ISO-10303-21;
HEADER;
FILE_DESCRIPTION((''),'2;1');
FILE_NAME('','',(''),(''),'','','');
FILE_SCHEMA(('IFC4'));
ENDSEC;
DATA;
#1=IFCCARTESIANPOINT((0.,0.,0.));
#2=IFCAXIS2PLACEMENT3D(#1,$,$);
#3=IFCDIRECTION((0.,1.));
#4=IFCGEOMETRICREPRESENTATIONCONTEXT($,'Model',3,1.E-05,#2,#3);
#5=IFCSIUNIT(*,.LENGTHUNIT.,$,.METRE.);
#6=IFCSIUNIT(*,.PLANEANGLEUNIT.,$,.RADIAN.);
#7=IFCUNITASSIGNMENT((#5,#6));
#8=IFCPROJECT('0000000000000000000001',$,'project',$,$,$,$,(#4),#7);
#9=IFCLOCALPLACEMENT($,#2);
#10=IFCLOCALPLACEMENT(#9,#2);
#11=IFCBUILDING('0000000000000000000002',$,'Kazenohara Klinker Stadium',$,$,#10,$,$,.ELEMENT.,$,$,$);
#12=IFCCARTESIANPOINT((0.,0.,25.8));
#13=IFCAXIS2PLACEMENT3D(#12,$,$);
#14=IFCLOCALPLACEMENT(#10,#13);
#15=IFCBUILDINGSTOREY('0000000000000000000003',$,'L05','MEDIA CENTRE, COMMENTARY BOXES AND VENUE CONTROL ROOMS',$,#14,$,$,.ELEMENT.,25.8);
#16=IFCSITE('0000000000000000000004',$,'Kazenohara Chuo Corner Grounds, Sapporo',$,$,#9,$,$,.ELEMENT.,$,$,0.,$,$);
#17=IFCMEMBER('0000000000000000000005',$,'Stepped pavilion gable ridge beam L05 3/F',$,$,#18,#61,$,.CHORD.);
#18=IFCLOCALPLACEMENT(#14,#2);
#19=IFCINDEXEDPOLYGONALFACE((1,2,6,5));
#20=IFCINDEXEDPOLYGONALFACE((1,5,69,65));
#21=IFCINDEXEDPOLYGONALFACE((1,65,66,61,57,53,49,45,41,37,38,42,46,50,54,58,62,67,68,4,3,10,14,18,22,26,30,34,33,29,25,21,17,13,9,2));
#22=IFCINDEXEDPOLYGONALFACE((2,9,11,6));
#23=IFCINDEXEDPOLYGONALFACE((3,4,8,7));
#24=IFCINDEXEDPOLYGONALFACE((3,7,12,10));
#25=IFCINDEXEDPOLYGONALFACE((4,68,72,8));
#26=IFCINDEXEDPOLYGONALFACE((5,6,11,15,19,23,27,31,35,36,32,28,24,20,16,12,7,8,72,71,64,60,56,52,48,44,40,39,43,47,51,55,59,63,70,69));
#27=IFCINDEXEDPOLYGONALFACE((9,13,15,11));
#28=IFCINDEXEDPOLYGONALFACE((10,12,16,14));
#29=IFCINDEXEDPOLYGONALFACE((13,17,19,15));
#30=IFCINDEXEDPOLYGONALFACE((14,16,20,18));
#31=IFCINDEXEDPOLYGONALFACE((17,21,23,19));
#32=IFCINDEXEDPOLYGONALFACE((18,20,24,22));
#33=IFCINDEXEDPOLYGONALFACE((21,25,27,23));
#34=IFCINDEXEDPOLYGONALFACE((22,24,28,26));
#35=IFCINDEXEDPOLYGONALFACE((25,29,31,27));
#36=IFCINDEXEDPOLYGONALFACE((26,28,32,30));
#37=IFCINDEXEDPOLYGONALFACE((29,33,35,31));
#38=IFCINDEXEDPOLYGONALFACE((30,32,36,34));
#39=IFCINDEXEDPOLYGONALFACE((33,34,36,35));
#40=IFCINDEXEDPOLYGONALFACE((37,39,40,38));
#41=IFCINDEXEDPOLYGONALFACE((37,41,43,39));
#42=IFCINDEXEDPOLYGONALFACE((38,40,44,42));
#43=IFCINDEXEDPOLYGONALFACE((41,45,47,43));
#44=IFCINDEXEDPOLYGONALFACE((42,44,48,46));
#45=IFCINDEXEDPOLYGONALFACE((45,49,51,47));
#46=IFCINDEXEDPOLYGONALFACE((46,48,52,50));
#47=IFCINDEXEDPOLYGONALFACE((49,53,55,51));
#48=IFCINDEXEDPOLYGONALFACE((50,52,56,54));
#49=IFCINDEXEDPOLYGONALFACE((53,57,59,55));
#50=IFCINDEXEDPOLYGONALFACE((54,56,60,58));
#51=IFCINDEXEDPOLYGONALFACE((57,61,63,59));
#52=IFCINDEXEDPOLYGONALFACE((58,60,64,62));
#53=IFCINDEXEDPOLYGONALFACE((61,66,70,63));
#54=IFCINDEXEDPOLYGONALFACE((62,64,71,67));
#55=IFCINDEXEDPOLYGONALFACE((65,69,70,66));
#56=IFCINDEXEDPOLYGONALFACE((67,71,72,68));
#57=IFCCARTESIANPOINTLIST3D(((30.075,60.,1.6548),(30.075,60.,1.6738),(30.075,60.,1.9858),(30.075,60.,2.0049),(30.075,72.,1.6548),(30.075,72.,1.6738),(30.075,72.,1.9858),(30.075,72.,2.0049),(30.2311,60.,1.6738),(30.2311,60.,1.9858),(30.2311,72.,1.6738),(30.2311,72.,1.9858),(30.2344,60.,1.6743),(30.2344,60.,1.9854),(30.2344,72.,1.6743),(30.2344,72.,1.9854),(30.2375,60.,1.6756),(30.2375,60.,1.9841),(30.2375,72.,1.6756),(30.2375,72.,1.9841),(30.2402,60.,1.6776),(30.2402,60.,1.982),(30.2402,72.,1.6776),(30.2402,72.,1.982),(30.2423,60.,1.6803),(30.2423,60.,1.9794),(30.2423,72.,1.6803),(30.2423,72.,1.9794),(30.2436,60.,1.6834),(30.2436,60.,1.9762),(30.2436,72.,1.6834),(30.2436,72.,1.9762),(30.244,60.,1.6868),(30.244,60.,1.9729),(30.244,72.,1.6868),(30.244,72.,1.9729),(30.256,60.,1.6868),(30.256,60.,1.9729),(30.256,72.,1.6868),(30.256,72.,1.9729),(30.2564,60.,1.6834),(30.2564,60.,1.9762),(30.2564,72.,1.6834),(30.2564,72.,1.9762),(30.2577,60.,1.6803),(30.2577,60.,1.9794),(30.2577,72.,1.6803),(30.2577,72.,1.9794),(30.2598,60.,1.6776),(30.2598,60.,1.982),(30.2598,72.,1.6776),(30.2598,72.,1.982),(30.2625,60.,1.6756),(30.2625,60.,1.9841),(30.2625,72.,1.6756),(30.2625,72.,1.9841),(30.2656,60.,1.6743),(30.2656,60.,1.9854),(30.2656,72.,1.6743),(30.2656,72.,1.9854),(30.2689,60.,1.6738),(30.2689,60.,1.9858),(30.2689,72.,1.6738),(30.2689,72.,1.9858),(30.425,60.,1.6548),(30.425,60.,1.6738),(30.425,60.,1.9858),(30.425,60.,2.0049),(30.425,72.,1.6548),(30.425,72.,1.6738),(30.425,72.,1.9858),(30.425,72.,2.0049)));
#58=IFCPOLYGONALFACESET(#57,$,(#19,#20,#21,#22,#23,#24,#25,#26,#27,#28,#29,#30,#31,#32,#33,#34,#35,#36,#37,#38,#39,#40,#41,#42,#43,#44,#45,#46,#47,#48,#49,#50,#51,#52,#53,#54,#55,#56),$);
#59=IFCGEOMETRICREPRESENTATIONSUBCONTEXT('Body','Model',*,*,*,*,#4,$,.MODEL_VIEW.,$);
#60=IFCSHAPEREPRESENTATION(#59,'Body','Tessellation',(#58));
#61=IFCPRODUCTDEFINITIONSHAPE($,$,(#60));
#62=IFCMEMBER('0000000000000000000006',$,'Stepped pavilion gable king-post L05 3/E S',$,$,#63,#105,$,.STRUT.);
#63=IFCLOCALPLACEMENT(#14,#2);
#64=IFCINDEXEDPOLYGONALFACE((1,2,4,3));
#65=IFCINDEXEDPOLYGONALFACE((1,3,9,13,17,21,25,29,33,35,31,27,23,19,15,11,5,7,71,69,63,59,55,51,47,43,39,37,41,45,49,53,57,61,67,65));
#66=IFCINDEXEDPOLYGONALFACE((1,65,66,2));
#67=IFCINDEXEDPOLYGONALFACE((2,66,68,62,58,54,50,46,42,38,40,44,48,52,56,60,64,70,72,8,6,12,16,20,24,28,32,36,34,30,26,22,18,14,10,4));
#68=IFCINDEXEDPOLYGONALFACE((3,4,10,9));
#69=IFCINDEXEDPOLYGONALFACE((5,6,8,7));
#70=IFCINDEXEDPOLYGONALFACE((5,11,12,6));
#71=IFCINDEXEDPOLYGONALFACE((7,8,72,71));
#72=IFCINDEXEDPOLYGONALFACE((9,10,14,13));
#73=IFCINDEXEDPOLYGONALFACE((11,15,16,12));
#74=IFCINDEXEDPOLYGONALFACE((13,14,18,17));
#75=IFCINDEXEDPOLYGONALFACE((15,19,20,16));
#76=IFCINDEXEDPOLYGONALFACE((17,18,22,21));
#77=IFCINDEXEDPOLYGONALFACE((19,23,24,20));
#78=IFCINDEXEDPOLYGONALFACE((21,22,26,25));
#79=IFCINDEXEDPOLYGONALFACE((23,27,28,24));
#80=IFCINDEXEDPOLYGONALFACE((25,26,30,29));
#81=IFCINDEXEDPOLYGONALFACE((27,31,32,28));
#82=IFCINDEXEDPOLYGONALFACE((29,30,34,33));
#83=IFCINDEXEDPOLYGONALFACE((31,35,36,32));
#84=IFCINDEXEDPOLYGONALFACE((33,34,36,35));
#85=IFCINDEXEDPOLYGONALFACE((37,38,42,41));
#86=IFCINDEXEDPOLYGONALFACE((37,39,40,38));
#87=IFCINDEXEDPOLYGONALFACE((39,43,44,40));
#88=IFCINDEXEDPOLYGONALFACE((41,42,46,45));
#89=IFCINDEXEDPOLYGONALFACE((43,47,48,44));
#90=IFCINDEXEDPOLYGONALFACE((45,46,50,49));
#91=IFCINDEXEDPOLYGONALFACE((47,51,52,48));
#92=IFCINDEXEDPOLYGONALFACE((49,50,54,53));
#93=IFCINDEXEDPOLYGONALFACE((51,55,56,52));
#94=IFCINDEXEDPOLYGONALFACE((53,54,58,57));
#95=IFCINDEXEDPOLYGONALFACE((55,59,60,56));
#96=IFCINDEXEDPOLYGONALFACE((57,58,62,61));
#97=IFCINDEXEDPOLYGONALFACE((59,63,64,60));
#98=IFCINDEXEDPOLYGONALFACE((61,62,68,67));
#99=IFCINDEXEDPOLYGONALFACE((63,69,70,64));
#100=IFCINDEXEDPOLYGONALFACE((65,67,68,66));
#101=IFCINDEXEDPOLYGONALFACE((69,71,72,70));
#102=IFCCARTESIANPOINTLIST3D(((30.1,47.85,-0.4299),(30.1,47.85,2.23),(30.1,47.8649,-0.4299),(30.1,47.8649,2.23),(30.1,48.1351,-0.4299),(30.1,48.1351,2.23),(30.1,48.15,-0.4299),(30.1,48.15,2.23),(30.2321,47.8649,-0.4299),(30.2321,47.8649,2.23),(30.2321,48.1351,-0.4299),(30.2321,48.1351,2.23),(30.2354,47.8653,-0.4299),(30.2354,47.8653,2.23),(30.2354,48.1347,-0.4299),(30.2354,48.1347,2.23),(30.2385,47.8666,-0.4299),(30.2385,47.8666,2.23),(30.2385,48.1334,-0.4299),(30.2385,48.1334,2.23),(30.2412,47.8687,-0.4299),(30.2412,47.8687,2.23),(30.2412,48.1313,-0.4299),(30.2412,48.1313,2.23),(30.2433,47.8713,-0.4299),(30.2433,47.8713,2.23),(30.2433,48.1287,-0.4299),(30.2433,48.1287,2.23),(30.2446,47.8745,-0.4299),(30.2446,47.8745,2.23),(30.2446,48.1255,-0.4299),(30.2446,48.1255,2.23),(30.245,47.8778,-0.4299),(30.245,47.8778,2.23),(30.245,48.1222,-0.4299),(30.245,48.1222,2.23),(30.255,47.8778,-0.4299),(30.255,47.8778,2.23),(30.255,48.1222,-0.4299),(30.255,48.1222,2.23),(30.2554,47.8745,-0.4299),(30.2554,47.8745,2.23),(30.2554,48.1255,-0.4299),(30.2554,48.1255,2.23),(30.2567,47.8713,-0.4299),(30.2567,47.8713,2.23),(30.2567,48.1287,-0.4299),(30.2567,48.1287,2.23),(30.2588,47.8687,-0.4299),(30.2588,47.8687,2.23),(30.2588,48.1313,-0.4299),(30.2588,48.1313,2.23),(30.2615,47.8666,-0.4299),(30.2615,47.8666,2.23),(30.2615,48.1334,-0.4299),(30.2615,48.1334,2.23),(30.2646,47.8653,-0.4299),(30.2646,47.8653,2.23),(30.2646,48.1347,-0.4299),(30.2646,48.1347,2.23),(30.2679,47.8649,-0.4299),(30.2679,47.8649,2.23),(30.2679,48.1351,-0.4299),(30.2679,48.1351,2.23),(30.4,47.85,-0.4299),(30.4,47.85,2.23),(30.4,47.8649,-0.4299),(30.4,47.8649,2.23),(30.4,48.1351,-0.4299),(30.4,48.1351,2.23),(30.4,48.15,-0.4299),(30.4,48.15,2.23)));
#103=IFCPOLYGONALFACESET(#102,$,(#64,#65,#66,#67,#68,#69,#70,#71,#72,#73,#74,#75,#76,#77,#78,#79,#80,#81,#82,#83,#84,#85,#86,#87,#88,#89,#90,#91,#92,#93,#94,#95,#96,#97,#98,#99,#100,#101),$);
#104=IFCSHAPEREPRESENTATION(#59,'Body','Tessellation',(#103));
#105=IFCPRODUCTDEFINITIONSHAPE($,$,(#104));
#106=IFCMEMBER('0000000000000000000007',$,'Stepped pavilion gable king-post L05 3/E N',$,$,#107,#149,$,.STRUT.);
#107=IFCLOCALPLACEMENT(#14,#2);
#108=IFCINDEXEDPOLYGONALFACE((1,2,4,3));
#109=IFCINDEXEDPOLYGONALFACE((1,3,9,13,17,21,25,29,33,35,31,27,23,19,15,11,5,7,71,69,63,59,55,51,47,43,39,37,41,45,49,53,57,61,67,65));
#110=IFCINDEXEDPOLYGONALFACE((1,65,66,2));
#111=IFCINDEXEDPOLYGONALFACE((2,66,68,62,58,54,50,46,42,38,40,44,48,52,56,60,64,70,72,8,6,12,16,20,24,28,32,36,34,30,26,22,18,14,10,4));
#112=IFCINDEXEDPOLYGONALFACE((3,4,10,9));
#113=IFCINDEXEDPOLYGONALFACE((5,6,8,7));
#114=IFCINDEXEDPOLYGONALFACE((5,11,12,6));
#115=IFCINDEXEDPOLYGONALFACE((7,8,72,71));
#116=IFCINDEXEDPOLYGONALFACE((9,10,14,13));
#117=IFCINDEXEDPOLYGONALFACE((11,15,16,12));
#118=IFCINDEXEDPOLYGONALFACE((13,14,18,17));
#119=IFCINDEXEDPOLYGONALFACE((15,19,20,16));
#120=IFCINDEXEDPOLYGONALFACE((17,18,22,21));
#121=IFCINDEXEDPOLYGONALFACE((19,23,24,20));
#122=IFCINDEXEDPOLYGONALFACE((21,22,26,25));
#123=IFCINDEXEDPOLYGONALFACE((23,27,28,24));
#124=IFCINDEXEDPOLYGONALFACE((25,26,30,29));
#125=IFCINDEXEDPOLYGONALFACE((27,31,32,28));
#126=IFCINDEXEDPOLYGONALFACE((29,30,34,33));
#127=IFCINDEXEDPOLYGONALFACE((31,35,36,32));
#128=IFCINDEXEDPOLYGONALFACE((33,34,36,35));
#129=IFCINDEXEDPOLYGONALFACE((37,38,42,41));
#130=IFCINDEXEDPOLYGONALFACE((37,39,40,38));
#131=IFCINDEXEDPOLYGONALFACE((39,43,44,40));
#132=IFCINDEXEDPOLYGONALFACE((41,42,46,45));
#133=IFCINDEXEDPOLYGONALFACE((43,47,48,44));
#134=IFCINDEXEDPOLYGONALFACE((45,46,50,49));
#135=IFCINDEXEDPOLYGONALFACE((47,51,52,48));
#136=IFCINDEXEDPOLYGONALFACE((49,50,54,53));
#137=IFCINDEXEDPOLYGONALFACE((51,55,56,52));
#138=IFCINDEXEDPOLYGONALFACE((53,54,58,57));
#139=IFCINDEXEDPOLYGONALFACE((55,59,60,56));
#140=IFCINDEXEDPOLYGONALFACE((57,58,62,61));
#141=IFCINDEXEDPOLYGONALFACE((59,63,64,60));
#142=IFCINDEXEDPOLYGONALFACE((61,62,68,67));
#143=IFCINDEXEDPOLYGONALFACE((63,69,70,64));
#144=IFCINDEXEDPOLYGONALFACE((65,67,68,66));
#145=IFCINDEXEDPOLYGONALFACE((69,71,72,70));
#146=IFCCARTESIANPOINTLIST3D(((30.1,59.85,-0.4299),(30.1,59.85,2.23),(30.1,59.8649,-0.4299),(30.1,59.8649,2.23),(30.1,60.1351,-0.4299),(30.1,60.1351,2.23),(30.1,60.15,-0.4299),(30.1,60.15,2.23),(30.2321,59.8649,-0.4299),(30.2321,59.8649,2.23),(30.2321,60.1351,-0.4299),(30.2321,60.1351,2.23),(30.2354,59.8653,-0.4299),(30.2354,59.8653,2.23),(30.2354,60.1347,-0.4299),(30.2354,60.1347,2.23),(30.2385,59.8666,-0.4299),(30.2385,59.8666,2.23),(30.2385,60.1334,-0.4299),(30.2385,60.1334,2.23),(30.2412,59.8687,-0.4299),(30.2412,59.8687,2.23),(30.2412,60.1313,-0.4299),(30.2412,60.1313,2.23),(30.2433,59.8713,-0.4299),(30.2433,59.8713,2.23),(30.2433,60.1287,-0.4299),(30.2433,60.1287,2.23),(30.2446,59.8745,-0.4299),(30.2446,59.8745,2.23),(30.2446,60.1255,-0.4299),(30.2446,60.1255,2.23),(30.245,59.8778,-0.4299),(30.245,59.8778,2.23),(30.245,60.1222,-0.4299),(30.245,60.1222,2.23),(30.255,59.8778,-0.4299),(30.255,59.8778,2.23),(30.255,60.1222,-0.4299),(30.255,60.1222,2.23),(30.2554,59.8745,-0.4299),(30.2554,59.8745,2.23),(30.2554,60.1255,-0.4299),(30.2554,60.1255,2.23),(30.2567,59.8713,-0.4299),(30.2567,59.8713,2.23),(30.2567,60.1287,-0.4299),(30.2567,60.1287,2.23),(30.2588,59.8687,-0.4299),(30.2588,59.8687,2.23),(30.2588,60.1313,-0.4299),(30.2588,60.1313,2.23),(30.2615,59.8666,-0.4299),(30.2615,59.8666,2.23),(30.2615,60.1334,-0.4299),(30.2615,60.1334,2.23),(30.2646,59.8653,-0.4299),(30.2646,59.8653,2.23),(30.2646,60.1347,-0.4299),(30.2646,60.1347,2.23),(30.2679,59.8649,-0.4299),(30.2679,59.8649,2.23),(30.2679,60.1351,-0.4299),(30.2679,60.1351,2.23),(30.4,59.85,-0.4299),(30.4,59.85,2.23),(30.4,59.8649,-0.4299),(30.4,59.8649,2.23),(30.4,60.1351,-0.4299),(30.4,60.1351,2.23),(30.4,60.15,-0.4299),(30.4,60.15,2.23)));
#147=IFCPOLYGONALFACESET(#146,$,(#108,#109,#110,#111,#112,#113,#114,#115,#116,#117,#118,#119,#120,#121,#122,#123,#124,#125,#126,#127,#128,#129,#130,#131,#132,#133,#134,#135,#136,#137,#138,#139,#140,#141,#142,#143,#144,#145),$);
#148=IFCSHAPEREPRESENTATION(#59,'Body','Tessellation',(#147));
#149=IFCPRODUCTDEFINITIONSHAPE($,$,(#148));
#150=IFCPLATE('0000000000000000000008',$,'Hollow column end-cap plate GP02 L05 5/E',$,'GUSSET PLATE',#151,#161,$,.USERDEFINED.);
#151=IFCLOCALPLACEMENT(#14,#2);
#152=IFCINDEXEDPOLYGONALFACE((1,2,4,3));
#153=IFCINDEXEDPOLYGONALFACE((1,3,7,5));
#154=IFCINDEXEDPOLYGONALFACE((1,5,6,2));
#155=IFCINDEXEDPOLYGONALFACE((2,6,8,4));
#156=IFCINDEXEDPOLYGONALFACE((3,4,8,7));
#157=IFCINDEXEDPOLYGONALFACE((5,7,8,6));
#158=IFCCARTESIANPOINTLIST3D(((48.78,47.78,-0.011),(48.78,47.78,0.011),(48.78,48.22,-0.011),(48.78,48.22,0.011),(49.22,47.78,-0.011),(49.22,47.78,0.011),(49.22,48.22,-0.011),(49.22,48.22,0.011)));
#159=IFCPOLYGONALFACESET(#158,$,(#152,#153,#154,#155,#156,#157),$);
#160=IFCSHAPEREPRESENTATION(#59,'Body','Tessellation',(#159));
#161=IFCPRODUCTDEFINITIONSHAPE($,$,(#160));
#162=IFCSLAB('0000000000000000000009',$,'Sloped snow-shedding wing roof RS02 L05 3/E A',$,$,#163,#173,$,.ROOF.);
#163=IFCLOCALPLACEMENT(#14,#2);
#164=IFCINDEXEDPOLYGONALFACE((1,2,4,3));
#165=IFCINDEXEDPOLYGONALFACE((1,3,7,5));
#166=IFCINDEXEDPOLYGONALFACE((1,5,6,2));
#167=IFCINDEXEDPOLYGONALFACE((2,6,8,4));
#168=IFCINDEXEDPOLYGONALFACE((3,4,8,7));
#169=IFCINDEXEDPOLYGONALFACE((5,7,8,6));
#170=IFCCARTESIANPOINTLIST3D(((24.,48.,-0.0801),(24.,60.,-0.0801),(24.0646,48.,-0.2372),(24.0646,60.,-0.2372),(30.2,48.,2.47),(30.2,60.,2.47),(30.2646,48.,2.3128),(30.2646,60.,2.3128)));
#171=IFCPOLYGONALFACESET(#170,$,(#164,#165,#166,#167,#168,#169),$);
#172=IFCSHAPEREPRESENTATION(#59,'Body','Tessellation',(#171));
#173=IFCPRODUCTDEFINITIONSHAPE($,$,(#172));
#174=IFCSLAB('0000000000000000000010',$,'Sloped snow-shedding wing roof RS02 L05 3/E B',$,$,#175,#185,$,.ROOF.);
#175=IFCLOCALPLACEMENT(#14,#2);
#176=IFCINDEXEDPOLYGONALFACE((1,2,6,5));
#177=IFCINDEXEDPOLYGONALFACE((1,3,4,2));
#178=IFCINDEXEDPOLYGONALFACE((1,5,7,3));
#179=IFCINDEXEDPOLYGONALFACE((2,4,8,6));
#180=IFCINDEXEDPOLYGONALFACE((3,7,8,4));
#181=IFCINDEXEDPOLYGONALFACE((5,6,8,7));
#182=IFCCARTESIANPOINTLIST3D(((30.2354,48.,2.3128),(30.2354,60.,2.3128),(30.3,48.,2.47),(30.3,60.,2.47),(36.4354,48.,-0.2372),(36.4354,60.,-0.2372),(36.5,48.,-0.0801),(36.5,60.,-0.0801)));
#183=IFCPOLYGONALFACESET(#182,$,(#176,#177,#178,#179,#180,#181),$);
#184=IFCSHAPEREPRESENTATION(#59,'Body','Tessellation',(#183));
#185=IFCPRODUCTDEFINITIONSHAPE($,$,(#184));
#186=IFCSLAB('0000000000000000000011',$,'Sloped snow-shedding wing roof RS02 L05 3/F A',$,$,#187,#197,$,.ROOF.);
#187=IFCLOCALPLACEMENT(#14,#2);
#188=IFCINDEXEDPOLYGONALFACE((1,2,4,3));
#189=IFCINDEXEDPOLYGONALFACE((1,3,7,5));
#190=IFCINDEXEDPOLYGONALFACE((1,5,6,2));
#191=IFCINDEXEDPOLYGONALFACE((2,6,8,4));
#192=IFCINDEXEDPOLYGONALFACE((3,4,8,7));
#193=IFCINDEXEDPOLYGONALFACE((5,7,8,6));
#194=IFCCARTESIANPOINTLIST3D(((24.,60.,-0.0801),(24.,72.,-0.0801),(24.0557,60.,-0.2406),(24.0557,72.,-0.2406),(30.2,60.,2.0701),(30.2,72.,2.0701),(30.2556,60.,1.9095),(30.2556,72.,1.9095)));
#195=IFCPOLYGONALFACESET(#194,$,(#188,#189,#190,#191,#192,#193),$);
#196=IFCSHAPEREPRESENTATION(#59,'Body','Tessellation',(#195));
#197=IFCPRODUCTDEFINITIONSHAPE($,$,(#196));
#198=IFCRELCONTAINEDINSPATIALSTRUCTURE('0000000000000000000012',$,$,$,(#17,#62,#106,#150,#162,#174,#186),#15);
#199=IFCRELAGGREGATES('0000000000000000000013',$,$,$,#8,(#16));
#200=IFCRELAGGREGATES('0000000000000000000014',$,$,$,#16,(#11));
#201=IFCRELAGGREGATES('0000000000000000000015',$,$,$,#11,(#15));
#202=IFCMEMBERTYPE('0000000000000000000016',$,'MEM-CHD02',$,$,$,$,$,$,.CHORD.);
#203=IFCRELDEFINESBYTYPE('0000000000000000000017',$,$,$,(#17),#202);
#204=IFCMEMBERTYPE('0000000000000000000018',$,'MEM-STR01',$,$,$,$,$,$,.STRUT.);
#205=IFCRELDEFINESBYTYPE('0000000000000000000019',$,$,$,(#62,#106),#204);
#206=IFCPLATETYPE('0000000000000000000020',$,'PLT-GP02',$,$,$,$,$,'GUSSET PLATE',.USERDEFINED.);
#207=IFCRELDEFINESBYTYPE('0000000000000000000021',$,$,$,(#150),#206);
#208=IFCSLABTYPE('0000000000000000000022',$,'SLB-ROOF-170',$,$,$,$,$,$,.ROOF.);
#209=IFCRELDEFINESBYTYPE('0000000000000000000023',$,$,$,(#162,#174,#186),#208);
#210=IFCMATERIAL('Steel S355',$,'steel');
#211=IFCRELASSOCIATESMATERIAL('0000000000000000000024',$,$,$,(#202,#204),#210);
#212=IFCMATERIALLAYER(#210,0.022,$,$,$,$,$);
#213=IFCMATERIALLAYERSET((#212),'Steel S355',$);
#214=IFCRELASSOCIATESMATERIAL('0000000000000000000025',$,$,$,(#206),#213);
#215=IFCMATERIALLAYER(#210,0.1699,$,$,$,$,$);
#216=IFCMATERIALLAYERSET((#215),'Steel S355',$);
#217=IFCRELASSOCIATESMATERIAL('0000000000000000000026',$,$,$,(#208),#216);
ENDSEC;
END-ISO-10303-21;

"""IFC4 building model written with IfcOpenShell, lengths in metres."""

from ifc_helpers import new_model, si_unit, direction, frame, origin, origin_2d, place, context, subcontext, project, spatial, polyline, rectangle, i_section, outline, extrude, material, layer, layer_set, material_profile, profile_set, type_object, element, save


model = new_model("IFC4")

# Units and contexts
model_context = context("Model", 3, precision=1e-05, world=origin(), true_north=direction((0.0, 1.0)))
body_context = subcontext(model_context, "Body", "Model", "MODEL_VIEW")
ifc_project = project(units=[si_unit("LENGTHUNIT", "METRE"), si_unit("PLANEANGLEUNIT", "RADIAN")], contexts=[model_context])

# Site, building, storey
site_placement = place(None, origin())
site = spatial("IfcSite", under=ifc_project, at=site_placement, Name="Kazenohara Chuo Corner Grounds, Sapporo", CompositionType="ELEMENT", RefElevation=0.0)
building_placement = place(site_placement, origin())
building = spatial("IfcBuilding", under=site, at=building_placement, Name="Kazenohara Klinker Stadium", CompositionType="ELEMENT")
storey_placement = place(building_placement, frame((0.0, 0.0, 25.8)))
storey = spatial("IfcBuildingStorey", under=building, at=storey_placement, Name="L05", Description="MEDIA CENTRE, COMMENTARY BOXES AND VENUE CONTROL ROOMS", CompositionType="ELEMENT", Elevation=25.8)

# Shared definitions
ifc_material_1 = material(Name="Steel S355", Category="steel")

# Members
ifc_material_profile_1 = material_profile(ifc_material_1, i_section(OverallWidth=0.3501, OverallDepth=0.3501, WebThickness=0.012, FlangeThickness=0.019, FilletRadius=0.0129, at=origin_2d()), Name="H-350x350x12x19")
ifc_profile_set_1 = profile_set([ifc_material_profile_1], Name="Steel S355")
member_type_1 = type_object("IfcMemberType", Name="MEM-CHD02", PredefinedType="CHORD", material=ifc_profile_set_1)
for number, where, z_axis, x_axis, name in (
    (1, (30.25, 60.0, 1.8298), (0.0, 1.0, 0.0), (-1.0, 0.0, 0.0), "Stepped pavilion gable ridge beam L05 3/F"),
):
    element("IfcMember", number, at=place(storey_placement, frame(where, z_axis=z_axis, x_axis=x_axis)), inside=storey, type_object=member_type_1, Name=name, PredefinedType="CHORD", context=body_context, shape_type="SweptSolid", body=[
        extrude(i_section(OverallWidth=0.3501, OverallDepth=0.3501, WebThickness=0.012, FlangeThickness=0.019, FilletRadius=0.0129, at=origin_2d()), origin(), (0.0, 0.0, 1.0), 12.0),
    ])
ifc_material_profile_2 = material_profile(ifc_material_1, i_section(OverallWidth=0.3, OverallDepth=0.3, WebThickness=0.01, FlangeThickness=0.0149, FilletRadius=0.0129, at=origin_2d()), Name="H-300x300x10x15")
ifc_profile_set_2 = profile_set([ifc_material_profile_2], Name="Steel S355")
member_type_2 = type_object("IfcMemberType", Name="MEM-STR01", PredefinedType="STRUT", material=ifc_profile_set_2)
for number, where, z_axis, x_axis, name in (
    (2, (30.25, 48.0, -0.4299), (0.0, 0.0, 1.0), (1.0, 0.0, 0.0), "Stepped pavilion gable king-post L05 3/E S"),
    (3, (30.25, 60.0, -0.4299), (0.0, 0.0, 1.0), (1.0, 0.0, 0.0), "Stepped pavilion gable king-post L05 3/E N"),
):
    element("IfcMember", number, at=place(storey_placement, frame(where, z_axis=z_axis, x_axis=x_axis)), inside=storey, type_object=member_type_2, Name=name, PredefinedType="STRUT", context=body_context, shape_type="SweptSolid", body=[
        extrude(i_section(OverallWidth=0.3, OverallDepth=0.3, WebThickness=0.01, FlangeThickness=0.0149, FilletRadius=0.0129, at=origin_2d()), origin(), (0.0, 0.0, 1.0), 2.6599),
    ])

# Plate
ifc_layer_1 = layer(ifc_material_1, 0.022)
ifc_layer_set_1 = layer_set([ifc_layer_1], Name="Steel S355")
plate_type = type_object("IfcPlateType", Name="PLT-GP02", ElementType="GUSSET PLATE", PredefinedType="USERDEFINED", material=ifc_layer_set_1)
plate_placement = place(storey_placement, frame((49.0, 48.0, -0.011), z_axis=(0.0, 0.0, 1.0), x_axis=(1.0, 0.0, 0.0)))
element("IfcPlate", 4, at=plate_placement, inside=storey, type_object=plate_type, Name="Hollow column end-cap plate GP02 L05 5/E", ObjectType="GUSSET PLATE", PredefinedType="USERDEFINED", context=body_context, shape_type="SweptSolid", body=[
    extrude(rectangle(XDim=0.4399, YDim=0.4399, at=origin_2d()), origin(), (0.0, 0.0, 1.0), 0.022),
])

# Slabs
ifc_layer_2 = layer(ifc_material_1, 0.1699)
ifc_layer_set_2 = layer_set([ifc_layer_2], Name="Steel S355")
slab_type = type_object("IfcSlabType", Name="SLB-ROOF-170", PredefinedType="ROOF", material=ifc_layer_set_2)
for number, where, z_axis, x_axis, name in (
    (5, (24.0, 48.0, -0.0801), (-0.380383, 0.0, 0.924829), (0.924829, 0.0, 0.380383), "Sloped snow-shedding wing roof RS02 L05 3/E A"),
    (6, (30.3, 48.0, 2.47), (0.380383, 0.0, 0.924829), (0.924829, 0.0, -0.380383), "Sloped snow-shedding wing roof RS02 L05 3/E B"),
):
    element("IfcSlab", number, at=place(storey_placement, frame(where, z_axis=z_axis, x_axis=x_axis)), inside=storey, type_object=slab_type, Name=name, PredefinedType="ROOF", context=body_context, shape_type="SweptSolid", body=[
        extrude(outline(polyline([(0.0, 0.0), (6.7039, 0.0), (6.7039, 12.0), (0.0, 12.0), (0.0, 0.0)])), origin(), (0.0, 0.0, -1.0), 0.1699),
    ])
for number, where, z_axis, x_axis, name in (
    (7, (24.0, 60.0, -0.0801), (-0.327656, 0.0, 0.944797), (0.944797, 0.0, 0.327656), "Sloped snow-shedding wing roof RS02 L05 3/F A"),
):
    element("IfcSlab", number, at=place(storey_placement, frame(where, z_axis=z_axis, x_axis=x_axis)), inside=storey, type_object=slab_type, Name=name, PredefinedType="ROOF", context=body_context, shape_type="SweptSolid", body=[
        extrude(outline(polyline([(0.0, 0.0), (6.5622, 0.0), (6.5622, 12.0), (0.0, 12.0), (0.0, 0.0)])), origin(), (0.0, 0.0, -1.0), 0.1699),
    ])

save(model, "model.ifc")
